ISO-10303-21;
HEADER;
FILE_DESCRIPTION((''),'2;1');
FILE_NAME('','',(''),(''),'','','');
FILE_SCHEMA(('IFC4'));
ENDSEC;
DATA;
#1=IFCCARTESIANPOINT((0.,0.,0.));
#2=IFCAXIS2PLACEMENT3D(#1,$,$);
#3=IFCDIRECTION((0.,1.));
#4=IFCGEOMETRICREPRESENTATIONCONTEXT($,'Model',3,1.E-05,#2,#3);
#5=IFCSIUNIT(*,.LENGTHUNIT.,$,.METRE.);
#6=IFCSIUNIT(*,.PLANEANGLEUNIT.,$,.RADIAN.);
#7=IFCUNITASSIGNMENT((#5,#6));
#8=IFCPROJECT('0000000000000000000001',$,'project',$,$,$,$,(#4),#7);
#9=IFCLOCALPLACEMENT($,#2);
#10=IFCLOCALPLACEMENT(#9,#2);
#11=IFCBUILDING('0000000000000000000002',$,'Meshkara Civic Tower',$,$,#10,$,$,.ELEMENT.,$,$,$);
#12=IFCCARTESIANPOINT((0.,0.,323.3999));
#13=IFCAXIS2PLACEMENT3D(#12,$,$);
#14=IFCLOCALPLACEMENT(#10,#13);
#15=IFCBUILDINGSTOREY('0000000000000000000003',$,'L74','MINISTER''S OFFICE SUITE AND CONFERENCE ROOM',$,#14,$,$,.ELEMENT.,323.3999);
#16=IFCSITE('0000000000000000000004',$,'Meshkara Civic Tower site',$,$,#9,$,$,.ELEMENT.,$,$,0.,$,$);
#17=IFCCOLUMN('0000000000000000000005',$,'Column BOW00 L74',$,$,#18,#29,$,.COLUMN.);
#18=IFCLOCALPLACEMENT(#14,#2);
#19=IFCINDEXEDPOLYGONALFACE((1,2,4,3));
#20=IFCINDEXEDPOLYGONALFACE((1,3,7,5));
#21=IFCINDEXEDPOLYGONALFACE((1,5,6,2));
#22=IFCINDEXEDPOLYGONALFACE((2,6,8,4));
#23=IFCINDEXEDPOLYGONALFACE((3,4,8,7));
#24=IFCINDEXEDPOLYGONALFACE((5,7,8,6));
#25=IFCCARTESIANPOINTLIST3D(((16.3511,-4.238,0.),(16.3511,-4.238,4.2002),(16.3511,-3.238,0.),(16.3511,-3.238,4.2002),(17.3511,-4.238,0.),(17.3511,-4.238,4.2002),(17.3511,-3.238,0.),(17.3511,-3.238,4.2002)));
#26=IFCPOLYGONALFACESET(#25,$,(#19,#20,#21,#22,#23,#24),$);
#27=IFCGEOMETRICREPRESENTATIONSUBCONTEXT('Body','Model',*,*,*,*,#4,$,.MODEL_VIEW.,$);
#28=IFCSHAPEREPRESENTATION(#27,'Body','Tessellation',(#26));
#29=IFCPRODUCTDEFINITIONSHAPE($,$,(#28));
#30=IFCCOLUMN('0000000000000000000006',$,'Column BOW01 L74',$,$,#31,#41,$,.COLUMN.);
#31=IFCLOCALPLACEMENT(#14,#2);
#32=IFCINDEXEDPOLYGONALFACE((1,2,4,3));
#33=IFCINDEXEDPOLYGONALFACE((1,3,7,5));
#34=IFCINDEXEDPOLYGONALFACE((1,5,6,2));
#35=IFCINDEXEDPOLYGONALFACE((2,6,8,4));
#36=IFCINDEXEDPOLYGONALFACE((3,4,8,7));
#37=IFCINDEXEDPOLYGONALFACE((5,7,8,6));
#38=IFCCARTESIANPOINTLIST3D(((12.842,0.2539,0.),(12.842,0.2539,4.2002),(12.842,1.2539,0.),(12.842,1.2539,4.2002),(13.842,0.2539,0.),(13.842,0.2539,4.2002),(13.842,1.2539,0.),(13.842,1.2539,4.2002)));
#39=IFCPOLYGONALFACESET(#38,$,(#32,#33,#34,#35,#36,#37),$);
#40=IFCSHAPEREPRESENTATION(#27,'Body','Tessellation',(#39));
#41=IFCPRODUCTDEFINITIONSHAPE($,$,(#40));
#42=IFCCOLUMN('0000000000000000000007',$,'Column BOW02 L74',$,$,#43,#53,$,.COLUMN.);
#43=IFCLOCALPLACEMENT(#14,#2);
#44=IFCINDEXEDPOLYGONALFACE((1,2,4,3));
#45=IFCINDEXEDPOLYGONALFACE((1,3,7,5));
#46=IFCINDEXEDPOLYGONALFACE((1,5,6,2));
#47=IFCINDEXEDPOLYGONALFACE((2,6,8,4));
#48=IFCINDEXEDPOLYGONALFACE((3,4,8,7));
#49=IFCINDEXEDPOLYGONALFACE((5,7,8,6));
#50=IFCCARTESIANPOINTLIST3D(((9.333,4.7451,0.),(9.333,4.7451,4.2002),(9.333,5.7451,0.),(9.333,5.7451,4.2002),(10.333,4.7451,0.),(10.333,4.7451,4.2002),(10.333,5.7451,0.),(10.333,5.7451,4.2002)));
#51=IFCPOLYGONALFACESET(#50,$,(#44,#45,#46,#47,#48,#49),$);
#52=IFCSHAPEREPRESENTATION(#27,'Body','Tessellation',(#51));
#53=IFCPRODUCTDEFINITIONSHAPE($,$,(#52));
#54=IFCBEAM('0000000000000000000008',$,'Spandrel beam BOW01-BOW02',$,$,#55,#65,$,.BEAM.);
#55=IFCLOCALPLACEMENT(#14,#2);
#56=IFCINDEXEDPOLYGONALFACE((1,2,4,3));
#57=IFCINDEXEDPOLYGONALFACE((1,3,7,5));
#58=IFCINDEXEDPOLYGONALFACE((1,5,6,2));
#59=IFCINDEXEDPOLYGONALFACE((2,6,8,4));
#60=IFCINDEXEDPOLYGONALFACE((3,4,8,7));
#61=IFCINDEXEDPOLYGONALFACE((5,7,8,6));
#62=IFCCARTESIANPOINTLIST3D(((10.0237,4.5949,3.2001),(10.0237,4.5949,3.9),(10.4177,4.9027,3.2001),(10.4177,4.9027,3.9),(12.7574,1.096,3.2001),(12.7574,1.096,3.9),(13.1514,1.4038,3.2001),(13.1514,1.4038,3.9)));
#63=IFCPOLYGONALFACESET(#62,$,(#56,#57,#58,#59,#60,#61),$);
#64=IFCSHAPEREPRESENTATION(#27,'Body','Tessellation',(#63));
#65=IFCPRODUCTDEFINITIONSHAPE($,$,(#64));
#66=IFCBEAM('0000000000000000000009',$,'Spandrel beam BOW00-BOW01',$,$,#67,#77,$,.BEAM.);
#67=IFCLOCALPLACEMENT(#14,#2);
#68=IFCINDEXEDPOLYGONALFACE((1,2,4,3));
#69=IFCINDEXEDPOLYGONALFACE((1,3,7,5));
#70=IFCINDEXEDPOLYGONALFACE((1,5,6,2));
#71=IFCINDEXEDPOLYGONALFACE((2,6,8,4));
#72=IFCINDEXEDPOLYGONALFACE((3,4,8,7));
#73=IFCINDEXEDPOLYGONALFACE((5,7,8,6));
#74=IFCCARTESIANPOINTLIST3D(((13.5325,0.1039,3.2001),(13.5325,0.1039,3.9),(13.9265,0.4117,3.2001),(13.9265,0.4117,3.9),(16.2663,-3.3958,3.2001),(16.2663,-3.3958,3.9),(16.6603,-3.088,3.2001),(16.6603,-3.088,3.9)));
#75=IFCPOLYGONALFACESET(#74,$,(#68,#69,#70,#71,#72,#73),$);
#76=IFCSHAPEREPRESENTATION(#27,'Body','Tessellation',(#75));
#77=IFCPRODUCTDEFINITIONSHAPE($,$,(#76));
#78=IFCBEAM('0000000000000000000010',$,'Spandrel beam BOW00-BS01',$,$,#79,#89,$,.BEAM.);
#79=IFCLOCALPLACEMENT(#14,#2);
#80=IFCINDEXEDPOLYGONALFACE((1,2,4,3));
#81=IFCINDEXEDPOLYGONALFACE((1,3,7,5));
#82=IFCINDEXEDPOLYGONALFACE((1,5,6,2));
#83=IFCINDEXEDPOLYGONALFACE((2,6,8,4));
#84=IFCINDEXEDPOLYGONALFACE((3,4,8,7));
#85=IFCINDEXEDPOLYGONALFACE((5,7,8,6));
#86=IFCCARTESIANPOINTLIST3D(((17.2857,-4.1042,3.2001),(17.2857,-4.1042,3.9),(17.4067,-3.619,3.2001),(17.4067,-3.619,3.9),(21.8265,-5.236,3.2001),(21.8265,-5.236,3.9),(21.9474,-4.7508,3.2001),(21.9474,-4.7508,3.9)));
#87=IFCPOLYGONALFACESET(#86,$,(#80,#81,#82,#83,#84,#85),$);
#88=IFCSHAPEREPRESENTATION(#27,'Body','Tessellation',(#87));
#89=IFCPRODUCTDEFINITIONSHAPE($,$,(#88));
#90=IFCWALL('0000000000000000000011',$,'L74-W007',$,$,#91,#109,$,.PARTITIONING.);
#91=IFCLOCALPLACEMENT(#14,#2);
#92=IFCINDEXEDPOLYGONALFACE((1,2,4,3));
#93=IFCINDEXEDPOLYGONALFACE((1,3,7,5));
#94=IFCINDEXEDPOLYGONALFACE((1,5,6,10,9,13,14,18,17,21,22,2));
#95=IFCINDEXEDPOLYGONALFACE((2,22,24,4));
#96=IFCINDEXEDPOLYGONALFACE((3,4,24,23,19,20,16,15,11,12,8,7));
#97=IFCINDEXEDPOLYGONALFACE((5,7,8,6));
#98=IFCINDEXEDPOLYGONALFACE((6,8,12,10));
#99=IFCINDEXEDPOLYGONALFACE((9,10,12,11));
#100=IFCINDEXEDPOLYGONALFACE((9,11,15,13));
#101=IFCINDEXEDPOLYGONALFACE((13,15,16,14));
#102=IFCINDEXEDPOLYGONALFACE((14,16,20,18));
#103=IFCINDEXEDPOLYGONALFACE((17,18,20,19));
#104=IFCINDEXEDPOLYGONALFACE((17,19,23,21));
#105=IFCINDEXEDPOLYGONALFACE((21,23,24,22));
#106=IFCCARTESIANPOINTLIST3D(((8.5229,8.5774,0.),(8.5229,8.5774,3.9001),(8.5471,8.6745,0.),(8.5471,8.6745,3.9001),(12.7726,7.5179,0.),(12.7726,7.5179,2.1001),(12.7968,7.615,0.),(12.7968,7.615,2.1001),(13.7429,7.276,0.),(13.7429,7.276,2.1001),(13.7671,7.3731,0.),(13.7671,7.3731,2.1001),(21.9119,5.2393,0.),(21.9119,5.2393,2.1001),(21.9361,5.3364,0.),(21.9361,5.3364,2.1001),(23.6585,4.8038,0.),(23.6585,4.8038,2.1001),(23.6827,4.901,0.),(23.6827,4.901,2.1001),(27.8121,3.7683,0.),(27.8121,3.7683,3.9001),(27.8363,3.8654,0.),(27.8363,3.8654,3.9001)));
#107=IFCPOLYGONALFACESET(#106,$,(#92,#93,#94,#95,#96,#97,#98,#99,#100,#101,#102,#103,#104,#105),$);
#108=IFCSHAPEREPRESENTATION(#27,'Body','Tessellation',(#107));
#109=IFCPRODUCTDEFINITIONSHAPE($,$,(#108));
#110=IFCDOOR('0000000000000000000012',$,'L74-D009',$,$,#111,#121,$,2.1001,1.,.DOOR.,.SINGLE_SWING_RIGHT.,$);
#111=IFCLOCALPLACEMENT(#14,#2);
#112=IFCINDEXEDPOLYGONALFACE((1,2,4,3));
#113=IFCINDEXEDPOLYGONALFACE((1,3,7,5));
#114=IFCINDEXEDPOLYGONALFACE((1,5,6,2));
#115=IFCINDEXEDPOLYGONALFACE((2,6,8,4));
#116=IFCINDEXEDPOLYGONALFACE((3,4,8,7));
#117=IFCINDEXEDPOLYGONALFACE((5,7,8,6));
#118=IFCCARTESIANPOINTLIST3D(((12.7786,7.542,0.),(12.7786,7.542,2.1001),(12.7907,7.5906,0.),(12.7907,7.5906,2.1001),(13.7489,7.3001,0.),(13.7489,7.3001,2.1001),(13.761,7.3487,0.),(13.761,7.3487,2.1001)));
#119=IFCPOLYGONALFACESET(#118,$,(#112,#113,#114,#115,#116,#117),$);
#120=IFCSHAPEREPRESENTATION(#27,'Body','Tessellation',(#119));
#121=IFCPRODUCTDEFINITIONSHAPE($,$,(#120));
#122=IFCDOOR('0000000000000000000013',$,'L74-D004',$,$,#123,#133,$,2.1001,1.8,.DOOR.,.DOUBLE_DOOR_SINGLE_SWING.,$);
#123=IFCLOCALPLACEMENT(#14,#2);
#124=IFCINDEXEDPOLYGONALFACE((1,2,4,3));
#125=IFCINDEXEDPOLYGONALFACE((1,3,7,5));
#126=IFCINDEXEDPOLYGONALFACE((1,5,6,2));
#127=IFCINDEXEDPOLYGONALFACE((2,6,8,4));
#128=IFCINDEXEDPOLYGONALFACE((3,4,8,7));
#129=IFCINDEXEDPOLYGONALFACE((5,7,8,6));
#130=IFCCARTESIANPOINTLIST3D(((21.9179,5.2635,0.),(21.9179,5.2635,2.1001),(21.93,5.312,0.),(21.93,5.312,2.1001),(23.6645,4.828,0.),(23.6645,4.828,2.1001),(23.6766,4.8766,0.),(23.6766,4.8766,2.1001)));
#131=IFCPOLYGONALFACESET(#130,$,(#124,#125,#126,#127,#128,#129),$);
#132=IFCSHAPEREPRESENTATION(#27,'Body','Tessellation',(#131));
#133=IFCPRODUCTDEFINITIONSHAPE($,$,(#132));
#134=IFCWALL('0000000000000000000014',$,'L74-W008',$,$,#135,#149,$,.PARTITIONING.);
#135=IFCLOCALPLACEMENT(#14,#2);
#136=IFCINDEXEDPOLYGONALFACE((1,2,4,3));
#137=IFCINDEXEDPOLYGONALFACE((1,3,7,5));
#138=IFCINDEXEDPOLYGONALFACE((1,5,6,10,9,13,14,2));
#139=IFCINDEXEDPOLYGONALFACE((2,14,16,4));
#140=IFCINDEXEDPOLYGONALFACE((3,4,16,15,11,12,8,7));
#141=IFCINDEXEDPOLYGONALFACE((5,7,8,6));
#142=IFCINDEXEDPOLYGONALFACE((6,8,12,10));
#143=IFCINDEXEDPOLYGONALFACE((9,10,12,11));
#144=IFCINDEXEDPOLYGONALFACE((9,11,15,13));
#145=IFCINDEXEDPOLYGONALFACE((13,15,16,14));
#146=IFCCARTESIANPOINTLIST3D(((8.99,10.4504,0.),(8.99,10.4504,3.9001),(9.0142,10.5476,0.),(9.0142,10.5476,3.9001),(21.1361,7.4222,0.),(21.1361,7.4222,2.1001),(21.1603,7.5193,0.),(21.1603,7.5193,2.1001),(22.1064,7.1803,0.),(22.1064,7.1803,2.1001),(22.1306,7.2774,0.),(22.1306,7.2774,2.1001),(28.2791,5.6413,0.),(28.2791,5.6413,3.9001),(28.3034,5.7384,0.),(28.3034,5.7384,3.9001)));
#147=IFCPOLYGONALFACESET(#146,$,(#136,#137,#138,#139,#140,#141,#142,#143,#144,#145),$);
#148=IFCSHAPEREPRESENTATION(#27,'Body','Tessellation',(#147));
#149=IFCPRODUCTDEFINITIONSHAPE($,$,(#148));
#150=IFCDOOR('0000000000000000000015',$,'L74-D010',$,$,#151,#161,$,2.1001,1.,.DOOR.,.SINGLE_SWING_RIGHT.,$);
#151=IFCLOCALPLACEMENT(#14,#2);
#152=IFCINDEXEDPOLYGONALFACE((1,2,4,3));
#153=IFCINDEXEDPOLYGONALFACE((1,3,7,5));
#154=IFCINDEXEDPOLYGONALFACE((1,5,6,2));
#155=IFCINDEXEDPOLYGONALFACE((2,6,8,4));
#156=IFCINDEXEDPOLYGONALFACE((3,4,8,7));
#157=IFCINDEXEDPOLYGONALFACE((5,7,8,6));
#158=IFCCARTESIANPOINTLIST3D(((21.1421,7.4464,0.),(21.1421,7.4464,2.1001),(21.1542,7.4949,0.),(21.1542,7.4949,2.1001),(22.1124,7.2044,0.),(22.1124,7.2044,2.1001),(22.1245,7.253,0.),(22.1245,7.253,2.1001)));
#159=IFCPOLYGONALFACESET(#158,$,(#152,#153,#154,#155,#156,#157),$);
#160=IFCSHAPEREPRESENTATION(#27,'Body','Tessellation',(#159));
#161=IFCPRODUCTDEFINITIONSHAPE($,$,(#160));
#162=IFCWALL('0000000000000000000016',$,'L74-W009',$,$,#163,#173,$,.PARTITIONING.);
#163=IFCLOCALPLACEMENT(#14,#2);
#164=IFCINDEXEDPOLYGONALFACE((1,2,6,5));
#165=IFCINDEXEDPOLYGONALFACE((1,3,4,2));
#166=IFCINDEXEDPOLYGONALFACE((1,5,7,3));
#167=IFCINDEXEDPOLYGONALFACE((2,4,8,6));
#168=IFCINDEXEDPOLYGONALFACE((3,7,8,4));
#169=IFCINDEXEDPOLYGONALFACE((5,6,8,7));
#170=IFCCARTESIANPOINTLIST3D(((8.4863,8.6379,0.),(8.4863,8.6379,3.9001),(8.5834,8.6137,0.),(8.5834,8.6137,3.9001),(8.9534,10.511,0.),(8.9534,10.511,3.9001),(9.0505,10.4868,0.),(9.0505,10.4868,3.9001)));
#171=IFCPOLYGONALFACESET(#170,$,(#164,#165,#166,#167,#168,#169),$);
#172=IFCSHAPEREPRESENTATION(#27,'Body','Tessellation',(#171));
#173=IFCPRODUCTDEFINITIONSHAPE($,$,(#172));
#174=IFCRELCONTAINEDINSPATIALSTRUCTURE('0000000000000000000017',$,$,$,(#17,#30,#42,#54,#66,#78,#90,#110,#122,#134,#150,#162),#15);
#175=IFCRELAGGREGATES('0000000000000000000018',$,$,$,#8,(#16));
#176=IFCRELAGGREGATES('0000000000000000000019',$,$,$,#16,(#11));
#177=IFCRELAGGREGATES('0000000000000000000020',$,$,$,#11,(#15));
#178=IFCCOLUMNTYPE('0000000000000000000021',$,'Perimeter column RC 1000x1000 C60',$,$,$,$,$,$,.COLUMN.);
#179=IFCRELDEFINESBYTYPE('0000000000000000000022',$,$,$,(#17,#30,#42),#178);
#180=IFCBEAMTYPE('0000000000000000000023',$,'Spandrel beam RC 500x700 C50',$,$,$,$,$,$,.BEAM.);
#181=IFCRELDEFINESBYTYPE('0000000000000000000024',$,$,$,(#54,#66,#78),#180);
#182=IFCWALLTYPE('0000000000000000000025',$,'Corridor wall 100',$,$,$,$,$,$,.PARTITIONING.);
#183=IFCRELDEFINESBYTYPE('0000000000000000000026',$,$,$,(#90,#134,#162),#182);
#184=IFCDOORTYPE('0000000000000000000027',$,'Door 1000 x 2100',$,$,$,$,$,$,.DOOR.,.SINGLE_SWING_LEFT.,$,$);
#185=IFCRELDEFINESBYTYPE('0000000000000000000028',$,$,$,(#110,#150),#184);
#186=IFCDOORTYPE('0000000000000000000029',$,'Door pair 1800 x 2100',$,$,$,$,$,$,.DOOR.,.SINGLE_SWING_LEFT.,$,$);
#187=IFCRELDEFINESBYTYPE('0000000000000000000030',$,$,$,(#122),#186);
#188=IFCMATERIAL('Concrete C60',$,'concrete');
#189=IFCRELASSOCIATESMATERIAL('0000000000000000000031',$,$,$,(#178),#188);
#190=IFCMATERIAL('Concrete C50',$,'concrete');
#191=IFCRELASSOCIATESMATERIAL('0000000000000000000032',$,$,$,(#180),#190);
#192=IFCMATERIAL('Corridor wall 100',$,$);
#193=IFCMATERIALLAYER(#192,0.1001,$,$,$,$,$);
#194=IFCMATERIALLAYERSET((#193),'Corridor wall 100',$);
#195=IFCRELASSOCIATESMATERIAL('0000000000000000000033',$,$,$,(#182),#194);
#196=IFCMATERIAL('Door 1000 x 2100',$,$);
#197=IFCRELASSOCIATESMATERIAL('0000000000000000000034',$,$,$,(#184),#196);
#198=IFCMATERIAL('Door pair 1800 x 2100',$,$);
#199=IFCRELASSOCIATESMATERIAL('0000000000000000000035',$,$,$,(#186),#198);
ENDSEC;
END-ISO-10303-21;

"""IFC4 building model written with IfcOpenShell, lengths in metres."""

from ifc_helpers import new_model, si_unit, direction, frame, frame_2d, origin, origin_2d, place, context, subcontext, project, spatial, rectangle, extrude, material, layer, layer_set, material_profile, profile_set, type_object, element, fill, save


model = new_model("IFC4")

# Units and contexts
model_context = context("Model", 3, precision=1e-05, world=origin(), true_north=direction((0.0, 1.0)))
body_context = subcontext(model_context, "Body", "Model", "MODEL_VIEW")
ifc_project = project(units=[si_unit("LENGTHUNIT", "METRE"), si_unit("PLANEANGLEUNIT", "RADIAN")], contexts=[model_context])

# Site, building, storey
site_placement = place(None, origin())
site = spatial("IfcSite", under=ifc_project, at=site_placement, Name="Meshkara Civic Tower site", CompositionType="ELEMENT", RefElevation=0.0)
building_placement = place(site_placement, origin())
building = spatial("IfcBuilding", under=site, at=building_placement, Name="Meshkara Civic Tower", CompositionType="ELEMENT")
storey_placement = place(building_placement, frame((0.0, 0.0, 323.3999)))
storey = spatial("IfcBuildingStorey", under=building, at=storey_placement, Name="L74", Description="MINISTER'S OFFICE SUITE AND CONFERENCE ROOM", CompositionType="ELEMENT", Elevation=323.3999)

# Columns
ifc_material_1 = material(Name="Concrete C60", Category="concrete")
ifc_material_profile_1 = material_profile(ifc_material_1, rectangle(XDim=1.0, YDim=1.0, at=origin_2d()))
ifc_profile_set_1 = profile_set([ifc_material_profile_1], Name="Concrete C60")
column_type = type_object("IfcColumnType", Name="Perimeter column RC 1000x1000 C60", PredefinedType="COLUMN", material=ifc_profile_set_1)
for number, where, z_axis, x_axis, name in (
    (1, (16.8511, -3.738, 0.0), (0.0, 0.0, 1.0), (1.0, 0.0, 0.0), "Column BOW00 L74"),
    (2, (13.342, 0.7539, 0.0), (0.0, 0.0, 1.0), (1.0, 0.0, 0.0), "Column BOW01 L74"),
    (3, (9.833, 5.2451, 0.0), (0.0, 0.0, 1.0), (1.0, 0.0, 0.0), "Column BOW02 L74"),
):
    element("IfcColumn", number, at=place(storey_placement, frame(where, z_axis=z_axis, x_axis=x_axis)), inside=storey, type_object=column_type, Name=name, PredefinedType="COLUMN", context=body_context, shape_type="SweptSolid", body=[
        extrude(rectangle(XDim=1.0, YDim=1.0, at=origin_2d()), origin(), (0.0, 0.0, 1.0), 4.2002),
    ])

# Beams
ifc_material_2 = material(Name="Concrete C50", Category="concrete")
ifc_material_profile_2 = material_profile(ifc_material_2, rectangle(XDim=0.5, YDim=0.7, at=origin_2d()))
ifc_profile_set_2 = profile_set([ifc_material_profile_2], Name="Concrete C50")
beam_type = type_object("IfcBeamType", Name="Spandrel beam RC 500x700 C50", PredefinedType="BEAM", material=ifc_profile_set_2)
beam_1_placement = place(storey_placement, frame((10.2207, 4.7488, 3.55), z_axis=(0.615675, -0.788, 0.0), x_axis=(0.788, 0.615675, 0.0)))
element("IfcBeam", 4, at=beam_1_placement, inside=storey, type_object=beam_type, Name="Spandrel beam BOW01-BOW02", PredefinedType="BEAM", context=body_context, shape_type="SweptSolid", body=[
    extrude(rectangle(XDim=0.5, YDim=0.7, at=origin_2d()), origin(), (0.0, 0.0, 1.0), 4.4402),
])
beam_2_placement = place(storey_placement, frame((13.7295, 0.2578, 3.55), z_axis=(0.615602, -0.788057, 0.0), x_axis=(0.788057, 0.615602, 0.0)))
element("IfcBeam", 5, at=beam_2_placement, inside=storey, type_object=beam_type, Name="Spandrel beam BOW00-BOW01", PredefinedType="BEAM", context=body_context, shape_type="SweptSolid", body=[
    extrude(rectangle(XDim=0.5, YDim=0.7, at=origin_2d()), origin(), (0.0, 0.0, 1.0), 4.4409),
])
beam_3_placement = place(storey_placement, frame((17.3462, -3.8616, 3.55), z_axis=(0.970311, -0.24186, 0.0), x_axis=(0.24186, 0.970311, 0.0)))
element("IfcBeam", 6, at=beam_3_placement, inside=storey, type_object=beam_type, Name="Spandrel beam BOW00-BS01", PredefinedType="BEAM", context=body_context, shape_type="SweptSolid", body=[
    extrude(rectangle(XDim=0.5, YDim=0.7, at=origin_2d()), origin(), (0.0, 0.0, 1.0), 4.6797),
])

# Wall, openings, doors
ifc_material_3 = material(Name="Corridor wall 100")
ifc_layer_1 = layer(ifc_material_3, 0.1001)
ifc_layer_set_1 = layer_set([ifc_layer_1], Name="Corridor wall 100")
wall_type_1 = type_object("IfcWallType", Name="Corridor wall 100", PredefinedType="PARTITIONING", material=ifc_layer_set_1)
wall_1_placement = place(storey_placement, frame((8.5349, 8.626, 0.0), z_axis=(0.0, 0.0, 1.0), x_axis=(0.970298, -0.241911, 0.0)))
wall_1 = element("IfcWall", 7, at=wall_1_placement, inside=storey, type_object=wall_type_1, Name="L74-W007", PredefinedType="PARTITIONING", context=body_context, shape_type="SweptSolid", body=[
    extrude(rectangle(XDim=19.8796, YDim=0.1001, at=frame_2d((9.9399, 0.0))), origin(), (0.0, 0.0, 1.0), 3.9001),
])
opening_1_placement = place(wall_1_placement, frame((13.7991, 0.0, 0.0)))
opening_1 = element("IfcOpeningElement", 8, at=opening_1_placement, cuts=wall_1, PredefinedType="OPENING", context=body_context, shape_type="SweptSolid", body=[
    extrude(rectangle(XDim=1.8, YDim=2.1001, at=frame_2d((0.8999, 1.05))), frame((0.0, 0.0601, 0.0), z_axis=(0.0, -1.0, 0.0), x_axis=(1.0, 0.0, 0.0)), (0.0, 0.0, 1.0), 0.1201),
])
opening_2_placement = place(wall_1_placement, frame((4.3799, 0.0, 0.0)))
opening_2 = element("IfcOpeningElement", 9, at=opening_2_placement, cuts=wall_1, PredefinedType="OPENING", context=body_context, shape_type="SweptSolid", body=[
    extrude(rectangle(XDim=1.0, YDim=2.1001, at=frame_2d((0.5, 1.05))), frame((0.0, 0.0601, 0.0), z_axis=(0.0, -1.0, 0.0), x_axis=(1.0, 0.0, 0.0)), (0.0, 0.0, 1.0), 0.1201),
])
ifc_material_4 = material(Name="Door 1000 x 2100")
door_type_1 = type_object("IfcDoorType", Name="Door 1000 x 2100", OperationType="SINGLE_SWING_LEFT", PredefinedType="DOOR", material=ifc_material_4)
door_1_placement = place(opening_2_placement, origin())
door_1 = element("IfcDoor", 10, at=door_1_placement, inside=storey, type_object=door_type_1, Name="L74-D009", OperationType="SINGLE_SWING_RIGHT", OverallHeight=2.1001, OverallWidth=1.0, PredefinedType="DOOR", context=body_context, shape_type="SweptSolid", body=[
    extrude(rectangle(XDim=1.0, YDim=2.1001, at=frame_2d((0.5, 1.05))), frame((0.0, 0.0249, 0.0), z_axis=(0.0, -1.0, 0.0), x_axis=(1.0, 0.0, 0.0)), (0.0, 0.0, 1.0), 0.05),
])
fill(opening_2, door_1)
ifc_material_5 = material(Name="Door pair 1800 x 2100")
door_type_2 = type_object("IfcDoorType", Name="Door pair 1800 x 2100", OperationType="SINGLE_SWING_LEFT", PredefinedType="DOOR", material=ifc_material_5)
door_2_placement = place(opening_1_placement, origin())
door_2 = element("IfcDoor", 11, at=door_2_placement, inside=storey, type_object=door_type_2, Name="L74-D004", OperationType="DOUBLE_DOOR_SINGLE_SWING", OverallHeight=2.1001, OverallWidth=1.8, PredefinedType="DOOR", context=body_context, shape_type="SweptSolid", body=[
    extrude(rectangle(XDim=1.8, YDim=2.1001, at=frame_2d((0.8999, 1.05))), frame((0.0, 0.0249, 0.0), z_axis=(0.0, -1.0, 0.0), x_axis=(1.0, 0.0, 0.0)), (0.0, 0.0, 1.0), 0.05),
])
fill(opening_1, door_2)

# Wall, opening, door
wall_2_placement = place(storey_placement, frame((9.002, 10.499, 0.0), z_axis=(0.0, 0.0, 1.0), x_axis=(0.970298, -0.241911, 0.0)))
wall_2 = element("IfcWall", 12, at=wall_2_placement, inside=storey, type_object=wall_type_1, Name="L74-W008", PredefinedType="PARTITIONING", context=body_context, shape_type="SweptSolid", body=[
    extrude(rectangle(XDim=19.8796, YDim=0.1001, at=frame_2d((9.9399, 0.0))), origin(), (0.0, 0.0, 1.0), 3.9001),
])
opening_3_placement = place(wall_2_placement, frame((12.5181, 0.0, 0.0)))
opening_3 = element("IfcOpeningElement", 13, at=opening_3_placement, cuts=wall_2, PredefinedType="OPENING", context=body_context, shape_type="SweptSolid", body=[
    extrude(rectangle(XDim=1.0, YDim=2.1001, at=frame_2d((0.5, 1.05))), frame((0.0, 0.0601, 0.0), z_axis=(0.0, -1.0, 0.0), x_axis=(1.0, 0.0, 0.0)), (0.0, 0.0, 1.0), 0.1201),
])
door_3_placement = place(opening_3_placement, origin())
door_3 = element("IfcDoor", 14, at=door_3_placement, inside=storey, type_object=door_type_1, Name="L74-D010", OperationType="SINGLE_SWING_RIGHT", OverallHeight=2.1001, OverallWidth=1.0, PredefinedType="DOOR", context=body_context, shape_type="SweptSolid", body=[
    extrude(rectangle(XDim=1.0, YDim=2.1001, at=frame_2d((0.5, 1.05))), frame((0.0, 0.0249, 0.0), z_axis=(0.0, -1.0, 0.0), x_axis=(1.0, 0.0, 0.0)), (0.0, 0.0, 1.0), 0.05),
])
fill(opening_3, door_3)

# Wall
wall_3_placement = place(storey_placement, frame((9.002, 10.499, 0.0), z_axis=(0.0, 0.0, 1.0), x_axis=(-0.24194, -0.970291, 0.0)))
element("IfcWall", 15, at=wall_3_placement, inside=storey, type_object=wall_type_1, Name="L74-W009", PredefinedType="PARTITIONING", context=body_context, shape_type="SweptSolid", body=[
    extrude(rectangle(XDim=1.9304, YDim=0.1001, at=frame_2d((0.9653, 0.0))), origin(), (0.0, 0.0, 1.0), 3.9001),
])

save(model, "model.ifc")
